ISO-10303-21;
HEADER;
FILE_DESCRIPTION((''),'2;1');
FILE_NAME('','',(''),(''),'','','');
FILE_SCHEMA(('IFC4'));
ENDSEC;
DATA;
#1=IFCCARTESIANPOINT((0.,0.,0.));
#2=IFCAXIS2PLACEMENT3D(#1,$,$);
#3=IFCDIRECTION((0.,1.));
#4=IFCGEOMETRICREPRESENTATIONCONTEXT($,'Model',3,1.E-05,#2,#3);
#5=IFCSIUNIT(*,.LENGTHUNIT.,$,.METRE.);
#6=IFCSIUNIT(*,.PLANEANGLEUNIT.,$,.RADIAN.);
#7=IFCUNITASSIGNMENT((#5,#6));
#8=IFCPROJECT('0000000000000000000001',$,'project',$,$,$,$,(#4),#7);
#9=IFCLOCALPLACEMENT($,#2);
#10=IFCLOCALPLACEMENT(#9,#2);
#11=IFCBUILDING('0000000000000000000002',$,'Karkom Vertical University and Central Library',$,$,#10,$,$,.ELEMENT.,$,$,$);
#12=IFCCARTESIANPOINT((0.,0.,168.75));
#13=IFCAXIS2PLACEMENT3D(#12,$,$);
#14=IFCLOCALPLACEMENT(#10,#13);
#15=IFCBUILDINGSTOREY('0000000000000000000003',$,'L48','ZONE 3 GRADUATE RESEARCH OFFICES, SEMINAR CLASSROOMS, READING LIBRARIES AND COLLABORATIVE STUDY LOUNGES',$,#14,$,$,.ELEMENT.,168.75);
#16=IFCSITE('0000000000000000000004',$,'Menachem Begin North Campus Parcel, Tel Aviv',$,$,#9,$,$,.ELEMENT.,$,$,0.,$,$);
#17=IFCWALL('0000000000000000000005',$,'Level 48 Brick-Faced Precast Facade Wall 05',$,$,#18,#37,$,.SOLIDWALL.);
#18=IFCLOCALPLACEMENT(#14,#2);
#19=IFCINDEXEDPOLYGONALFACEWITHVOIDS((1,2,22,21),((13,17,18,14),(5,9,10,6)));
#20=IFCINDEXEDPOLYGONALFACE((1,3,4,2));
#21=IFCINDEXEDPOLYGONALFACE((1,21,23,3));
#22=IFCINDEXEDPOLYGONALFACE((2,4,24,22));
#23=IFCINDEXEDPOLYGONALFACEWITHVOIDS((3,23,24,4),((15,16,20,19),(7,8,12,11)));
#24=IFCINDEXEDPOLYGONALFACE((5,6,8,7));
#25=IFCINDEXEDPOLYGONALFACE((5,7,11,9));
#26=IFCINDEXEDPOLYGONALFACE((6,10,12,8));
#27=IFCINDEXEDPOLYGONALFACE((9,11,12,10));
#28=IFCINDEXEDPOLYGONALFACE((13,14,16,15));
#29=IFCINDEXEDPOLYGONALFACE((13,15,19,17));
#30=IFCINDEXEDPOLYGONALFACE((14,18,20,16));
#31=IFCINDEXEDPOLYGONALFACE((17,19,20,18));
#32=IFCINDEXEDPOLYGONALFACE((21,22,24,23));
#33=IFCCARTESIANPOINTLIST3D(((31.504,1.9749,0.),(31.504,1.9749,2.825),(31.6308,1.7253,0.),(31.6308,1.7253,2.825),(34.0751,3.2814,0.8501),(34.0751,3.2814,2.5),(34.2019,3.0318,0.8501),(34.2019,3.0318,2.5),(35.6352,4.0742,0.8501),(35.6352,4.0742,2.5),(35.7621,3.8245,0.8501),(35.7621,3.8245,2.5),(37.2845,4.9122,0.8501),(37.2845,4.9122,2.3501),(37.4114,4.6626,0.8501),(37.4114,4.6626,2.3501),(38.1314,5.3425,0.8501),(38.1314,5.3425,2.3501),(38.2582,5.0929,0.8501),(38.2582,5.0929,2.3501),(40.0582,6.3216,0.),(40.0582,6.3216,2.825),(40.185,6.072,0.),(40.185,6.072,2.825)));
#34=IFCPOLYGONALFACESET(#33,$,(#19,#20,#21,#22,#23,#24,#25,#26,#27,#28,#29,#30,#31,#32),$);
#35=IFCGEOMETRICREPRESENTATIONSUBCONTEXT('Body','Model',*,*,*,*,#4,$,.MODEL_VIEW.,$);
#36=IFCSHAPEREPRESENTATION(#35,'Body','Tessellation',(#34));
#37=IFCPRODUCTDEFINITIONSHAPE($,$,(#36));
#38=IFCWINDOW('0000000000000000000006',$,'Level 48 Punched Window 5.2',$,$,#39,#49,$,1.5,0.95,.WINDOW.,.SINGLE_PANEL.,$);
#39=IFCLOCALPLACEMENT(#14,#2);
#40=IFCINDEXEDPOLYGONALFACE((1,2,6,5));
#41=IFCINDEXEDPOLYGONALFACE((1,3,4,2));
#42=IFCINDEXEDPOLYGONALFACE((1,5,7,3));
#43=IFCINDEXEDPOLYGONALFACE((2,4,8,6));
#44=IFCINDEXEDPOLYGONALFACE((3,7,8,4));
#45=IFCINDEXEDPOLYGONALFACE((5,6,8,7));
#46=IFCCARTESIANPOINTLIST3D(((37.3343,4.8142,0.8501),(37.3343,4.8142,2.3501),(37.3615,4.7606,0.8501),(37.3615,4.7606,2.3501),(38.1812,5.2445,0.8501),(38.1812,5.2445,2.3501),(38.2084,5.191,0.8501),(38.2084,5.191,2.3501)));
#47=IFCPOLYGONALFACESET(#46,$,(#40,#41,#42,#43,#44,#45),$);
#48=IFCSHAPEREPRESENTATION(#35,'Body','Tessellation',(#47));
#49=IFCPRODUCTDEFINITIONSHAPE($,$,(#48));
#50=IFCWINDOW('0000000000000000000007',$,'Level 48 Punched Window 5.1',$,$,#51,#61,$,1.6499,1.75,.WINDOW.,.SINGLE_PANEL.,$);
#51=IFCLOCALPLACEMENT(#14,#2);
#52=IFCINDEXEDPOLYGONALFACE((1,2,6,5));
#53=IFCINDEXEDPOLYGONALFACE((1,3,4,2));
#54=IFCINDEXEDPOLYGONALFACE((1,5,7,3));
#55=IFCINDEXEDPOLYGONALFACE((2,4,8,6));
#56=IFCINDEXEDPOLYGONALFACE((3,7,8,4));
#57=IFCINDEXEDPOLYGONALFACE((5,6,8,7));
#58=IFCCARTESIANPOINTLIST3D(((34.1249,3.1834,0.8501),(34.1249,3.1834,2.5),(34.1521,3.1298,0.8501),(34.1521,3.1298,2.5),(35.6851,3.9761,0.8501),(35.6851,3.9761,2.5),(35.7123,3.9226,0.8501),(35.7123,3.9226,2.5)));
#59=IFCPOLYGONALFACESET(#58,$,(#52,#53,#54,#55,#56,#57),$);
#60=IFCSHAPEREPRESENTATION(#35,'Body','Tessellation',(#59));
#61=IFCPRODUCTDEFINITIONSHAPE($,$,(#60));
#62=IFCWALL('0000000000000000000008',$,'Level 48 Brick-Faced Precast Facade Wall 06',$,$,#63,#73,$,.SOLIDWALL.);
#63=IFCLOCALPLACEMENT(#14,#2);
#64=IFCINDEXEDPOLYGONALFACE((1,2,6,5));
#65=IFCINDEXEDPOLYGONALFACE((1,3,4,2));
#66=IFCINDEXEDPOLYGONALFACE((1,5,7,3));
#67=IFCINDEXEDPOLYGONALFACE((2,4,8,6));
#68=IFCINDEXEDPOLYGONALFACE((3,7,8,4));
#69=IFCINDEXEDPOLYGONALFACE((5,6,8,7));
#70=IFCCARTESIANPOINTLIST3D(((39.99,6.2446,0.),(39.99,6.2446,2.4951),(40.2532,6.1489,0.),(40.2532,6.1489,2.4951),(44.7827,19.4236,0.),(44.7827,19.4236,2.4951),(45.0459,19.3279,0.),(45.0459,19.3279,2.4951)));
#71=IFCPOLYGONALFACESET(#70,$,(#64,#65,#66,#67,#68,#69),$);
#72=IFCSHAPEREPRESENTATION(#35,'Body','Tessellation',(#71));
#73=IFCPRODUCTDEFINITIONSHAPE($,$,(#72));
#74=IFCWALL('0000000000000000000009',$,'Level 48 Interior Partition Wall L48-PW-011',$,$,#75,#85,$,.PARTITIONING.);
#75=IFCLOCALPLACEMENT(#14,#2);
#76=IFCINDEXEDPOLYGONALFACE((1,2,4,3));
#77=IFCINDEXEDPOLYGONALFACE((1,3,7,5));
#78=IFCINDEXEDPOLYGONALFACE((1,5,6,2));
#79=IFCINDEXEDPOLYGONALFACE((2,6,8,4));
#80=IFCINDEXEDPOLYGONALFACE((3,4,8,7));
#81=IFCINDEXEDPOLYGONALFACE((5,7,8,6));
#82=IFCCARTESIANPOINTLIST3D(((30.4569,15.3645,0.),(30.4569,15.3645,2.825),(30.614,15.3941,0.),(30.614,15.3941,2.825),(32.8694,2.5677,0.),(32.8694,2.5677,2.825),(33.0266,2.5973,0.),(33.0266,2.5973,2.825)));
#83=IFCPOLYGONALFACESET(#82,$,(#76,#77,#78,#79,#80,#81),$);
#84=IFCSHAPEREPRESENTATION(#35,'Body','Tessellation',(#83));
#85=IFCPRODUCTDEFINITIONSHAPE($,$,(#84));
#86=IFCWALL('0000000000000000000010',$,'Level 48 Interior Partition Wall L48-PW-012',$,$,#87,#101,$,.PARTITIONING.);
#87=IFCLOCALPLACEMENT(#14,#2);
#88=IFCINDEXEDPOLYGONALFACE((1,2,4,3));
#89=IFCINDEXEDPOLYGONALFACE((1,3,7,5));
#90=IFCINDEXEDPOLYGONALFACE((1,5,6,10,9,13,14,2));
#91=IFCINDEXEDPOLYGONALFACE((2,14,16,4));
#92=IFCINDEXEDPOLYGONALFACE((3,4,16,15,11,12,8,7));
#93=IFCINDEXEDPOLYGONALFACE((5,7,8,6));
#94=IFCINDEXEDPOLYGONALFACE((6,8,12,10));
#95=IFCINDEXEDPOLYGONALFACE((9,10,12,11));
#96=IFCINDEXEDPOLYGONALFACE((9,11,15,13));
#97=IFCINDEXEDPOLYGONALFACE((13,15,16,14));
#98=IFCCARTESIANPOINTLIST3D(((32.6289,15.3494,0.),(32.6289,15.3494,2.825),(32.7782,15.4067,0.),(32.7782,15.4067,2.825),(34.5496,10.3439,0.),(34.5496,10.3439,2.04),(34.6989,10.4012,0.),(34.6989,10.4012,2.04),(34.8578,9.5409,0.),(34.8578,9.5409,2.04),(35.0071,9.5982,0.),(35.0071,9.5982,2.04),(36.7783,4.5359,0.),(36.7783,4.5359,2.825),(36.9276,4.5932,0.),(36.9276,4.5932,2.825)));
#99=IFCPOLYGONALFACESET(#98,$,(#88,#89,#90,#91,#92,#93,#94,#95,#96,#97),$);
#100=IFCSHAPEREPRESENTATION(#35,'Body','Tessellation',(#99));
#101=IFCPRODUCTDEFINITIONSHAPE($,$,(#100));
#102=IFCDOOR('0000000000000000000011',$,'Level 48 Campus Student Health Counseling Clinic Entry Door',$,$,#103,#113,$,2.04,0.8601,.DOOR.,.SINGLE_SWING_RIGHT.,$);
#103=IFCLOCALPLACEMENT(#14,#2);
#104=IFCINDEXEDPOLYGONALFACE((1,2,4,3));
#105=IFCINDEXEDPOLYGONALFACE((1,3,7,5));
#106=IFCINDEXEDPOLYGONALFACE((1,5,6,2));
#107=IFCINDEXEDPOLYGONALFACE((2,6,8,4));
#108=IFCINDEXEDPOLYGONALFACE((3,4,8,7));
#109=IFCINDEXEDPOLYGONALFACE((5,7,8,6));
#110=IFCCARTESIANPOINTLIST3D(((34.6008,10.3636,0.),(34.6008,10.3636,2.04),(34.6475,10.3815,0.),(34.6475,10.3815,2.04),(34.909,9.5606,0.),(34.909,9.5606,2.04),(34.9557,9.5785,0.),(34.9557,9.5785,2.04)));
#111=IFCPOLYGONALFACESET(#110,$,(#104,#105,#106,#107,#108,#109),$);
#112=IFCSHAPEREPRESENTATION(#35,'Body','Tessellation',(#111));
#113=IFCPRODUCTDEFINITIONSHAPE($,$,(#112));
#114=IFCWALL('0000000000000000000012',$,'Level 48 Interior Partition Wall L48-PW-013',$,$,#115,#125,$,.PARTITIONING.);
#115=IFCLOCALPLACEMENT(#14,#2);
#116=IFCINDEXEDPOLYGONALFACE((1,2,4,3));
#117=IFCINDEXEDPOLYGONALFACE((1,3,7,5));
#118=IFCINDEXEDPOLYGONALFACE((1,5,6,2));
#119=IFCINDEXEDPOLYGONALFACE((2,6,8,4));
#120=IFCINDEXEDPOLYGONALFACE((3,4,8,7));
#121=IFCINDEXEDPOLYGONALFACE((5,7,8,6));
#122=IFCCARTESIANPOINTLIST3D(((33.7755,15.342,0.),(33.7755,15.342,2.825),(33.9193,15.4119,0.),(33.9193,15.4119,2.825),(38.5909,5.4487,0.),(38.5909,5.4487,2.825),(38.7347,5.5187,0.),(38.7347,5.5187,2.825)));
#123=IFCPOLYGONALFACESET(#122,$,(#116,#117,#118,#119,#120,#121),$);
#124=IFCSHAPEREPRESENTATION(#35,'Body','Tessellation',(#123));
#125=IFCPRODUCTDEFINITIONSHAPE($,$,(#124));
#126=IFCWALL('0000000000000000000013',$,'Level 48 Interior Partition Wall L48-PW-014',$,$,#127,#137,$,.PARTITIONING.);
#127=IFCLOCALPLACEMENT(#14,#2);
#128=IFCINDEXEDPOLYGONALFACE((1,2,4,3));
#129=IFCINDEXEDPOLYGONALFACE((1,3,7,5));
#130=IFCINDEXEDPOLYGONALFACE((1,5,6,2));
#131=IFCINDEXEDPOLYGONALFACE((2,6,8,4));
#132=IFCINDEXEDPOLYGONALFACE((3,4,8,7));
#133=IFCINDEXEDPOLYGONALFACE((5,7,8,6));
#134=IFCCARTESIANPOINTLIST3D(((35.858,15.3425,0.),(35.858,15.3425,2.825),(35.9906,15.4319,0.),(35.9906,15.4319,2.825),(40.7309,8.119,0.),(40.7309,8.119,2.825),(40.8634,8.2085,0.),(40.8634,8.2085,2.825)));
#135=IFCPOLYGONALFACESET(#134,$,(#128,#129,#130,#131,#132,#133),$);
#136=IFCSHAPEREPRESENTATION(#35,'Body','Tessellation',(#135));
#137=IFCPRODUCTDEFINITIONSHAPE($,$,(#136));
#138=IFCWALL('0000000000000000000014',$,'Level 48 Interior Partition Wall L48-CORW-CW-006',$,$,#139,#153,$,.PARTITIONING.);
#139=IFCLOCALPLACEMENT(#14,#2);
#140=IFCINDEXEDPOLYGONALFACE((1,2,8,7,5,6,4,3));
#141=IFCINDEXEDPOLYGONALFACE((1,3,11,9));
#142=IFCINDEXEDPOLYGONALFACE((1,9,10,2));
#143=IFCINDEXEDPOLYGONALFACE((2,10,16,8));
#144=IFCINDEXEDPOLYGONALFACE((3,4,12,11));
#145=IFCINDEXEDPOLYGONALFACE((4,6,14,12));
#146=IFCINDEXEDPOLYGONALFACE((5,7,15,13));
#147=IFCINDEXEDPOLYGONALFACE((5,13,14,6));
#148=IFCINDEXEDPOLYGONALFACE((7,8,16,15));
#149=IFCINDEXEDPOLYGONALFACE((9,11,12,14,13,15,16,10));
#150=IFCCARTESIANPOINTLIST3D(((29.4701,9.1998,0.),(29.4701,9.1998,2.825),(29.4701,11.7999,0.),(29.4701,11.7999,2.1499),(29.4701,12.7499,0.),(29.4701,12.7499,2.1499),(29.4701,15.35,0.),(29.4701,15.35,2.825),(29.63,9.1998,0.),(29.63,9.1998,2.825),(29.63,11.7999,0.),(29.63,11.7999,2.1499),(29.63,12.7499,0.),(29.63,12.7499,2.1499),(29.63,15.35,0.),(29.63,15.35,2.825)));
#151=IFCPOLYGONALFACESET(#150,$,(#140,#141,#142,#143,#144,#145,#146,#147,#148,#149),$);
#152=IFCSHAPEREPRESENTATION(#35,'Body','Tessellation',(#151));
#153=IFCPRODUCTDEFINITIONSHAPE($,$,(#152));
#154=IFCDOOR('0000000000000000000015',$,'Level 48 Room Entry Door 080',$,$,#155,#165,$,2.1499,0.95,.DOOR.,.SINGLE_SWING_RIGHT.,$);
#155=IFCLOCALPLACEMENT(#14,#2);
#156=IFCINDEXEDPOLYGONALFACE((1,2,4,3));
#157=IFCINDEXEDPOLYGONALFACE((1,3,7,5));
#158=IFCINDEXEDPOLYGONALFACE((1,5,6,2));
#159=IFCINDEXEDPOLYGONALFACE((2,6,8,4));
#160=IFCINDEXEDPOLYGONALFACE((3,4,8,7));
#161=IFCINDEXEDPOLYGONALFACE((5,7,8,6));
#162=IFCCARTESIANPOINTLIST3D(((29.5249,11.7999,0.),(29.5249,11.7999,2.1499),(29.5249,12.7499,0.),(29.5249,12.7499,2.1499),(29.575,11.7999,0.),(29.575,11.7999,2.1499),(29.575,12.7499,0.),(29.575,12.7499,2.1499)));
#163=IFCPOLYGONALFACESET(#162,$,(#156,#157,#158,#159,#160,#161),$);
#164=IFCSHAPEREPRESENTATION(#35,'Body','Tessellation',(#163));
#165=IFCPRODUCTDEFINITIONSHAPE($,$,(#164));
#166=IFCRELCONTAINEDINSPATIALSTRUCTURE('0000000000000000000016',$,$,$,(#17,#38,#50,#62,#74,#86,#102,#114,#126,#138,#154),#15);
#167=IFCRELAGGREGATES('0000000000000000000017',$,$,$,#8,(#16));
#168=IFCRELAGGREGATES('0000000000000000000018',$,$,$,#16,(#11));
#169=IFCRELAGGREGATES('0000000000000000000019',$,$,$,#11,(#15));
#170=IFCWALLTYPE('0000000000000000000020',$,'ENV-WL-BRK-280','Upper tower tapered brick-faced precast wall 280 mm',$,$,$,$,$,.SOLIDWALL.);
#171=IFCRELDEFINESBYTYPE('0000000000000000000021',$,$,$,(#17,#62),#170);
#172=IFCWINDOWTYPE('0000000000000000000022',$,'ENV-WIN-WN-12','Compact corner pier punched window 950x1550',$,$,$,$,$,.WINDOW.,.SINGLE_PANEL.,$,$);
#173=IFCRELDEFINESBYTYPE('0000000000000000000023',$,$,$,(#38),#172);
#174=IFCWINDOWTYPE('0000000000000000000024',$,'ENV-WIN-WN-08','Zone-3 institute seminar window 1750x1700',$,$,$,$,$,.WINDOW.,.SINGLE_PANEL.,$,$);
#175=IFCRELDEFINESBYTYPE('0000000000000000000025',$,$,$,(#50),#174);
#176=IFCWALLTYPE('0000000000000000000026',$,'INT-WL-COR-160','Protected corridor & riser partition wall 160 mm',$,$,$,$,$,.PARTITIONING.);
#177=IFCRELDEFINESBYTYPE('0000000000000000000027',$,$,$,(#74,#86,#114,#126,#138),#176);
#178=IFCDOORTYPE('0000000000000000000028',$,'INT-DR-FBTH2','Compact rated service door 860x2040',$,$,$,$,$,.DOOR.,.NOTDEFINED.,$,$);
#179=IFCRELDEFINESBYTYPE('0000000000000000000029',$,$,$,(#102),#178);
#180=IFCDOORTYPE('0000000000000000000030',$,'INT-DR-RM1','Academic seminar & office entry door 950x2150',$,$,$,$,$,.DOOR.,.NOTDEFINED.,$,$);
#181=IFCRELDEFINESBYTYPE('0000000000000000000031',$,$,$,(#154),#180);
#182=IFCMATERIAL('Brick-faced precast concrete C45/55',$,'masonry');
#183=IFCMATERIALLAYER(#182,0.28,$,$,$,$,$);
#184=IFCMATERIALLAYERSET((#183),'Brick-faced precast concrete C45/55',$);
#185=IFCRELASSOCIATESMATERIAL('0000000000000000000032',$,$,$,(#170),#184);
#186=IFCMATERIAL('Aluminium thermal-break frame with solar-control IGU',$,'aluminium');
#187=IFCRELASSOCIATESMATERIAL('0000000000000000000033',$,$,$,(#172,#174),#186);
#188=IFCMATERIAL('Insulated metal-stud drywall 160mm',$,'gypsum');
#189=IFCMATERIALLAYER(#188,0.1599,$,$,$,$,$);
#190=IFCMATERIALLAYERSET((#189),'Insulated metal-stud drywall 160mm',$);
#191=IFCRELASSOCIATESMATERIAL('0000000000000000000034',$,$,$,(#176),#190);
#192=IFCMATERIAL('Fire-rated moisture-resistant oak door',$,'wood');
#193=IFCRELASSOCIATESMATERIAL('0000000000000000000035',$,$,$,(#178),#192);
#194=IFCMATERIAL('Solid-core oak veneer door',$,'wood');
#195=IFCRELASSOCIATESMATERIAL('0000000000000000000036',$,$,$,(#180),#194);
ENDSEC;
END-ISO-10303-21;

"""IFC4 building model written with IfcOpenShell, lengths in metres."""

from ifc_helpers import new_model, si_unit, direction, frame, frame_2d, origin, origin_with_axes, place, context, subcontext, project, spatial, rectangle, extrude, source, transform, mapped, material, layer, layer_set, type_object, element, fill, save


model = new_model("IFC4")

# Units and contexts
model_context = context("Model", 3, precision=1e-05, world=origin(), true_north=direction((0.0, 1.0)))
body_context = subcontext(model_context, "Body", "Model", "MODEL_VIEW")
ifc_project = project(units=[si_unit("LENGTHUNIT", "METRE"), si_unit("PLANEANGLEUNIT", "RADIAN")], contexts=[model_context])

# Site, building, storey
site_placement = place(None, origin())
site = spatial("IfcSite", under=ifc_project, at=site_placement, Name="Menachem Begin North Campus Parcel, Tel Aviv", CompositionType="ELEMENT", RefElevation=0.0)
building_placement = place(site_placement, origin())
building = spatial("IfcBuilding", under=site, at=building_placement, Name="Karkom Vertical University and Central Library", CompositionType="ELEMENT")
storey_placement = place(building_placement, frame((0.0, 0.0, 168.75)))
storey = spatial("IfcBuildingStorey", under=building, at=storey_placement, Name="L48", Description="ZONE 3 GRADUATE RESEARCH OFFICES, SEMINAR CLASSROOMS, READING LIBRARIES AND COLLABORATIVE STUDY LOUNGES", CompositionType="ELEMENT", Elevation=168.75)

# Wall, openings, windows
ifc_material_1 = material(Name="Brick-faced precast concrete C45/55", Category="masonry")
ifc_layer_1 = layer(ifc_material_1, 0.28)
ifc_layer_set_1 = layer_set([ifc_layer_1], Name="Brick-faced precast concrete C45/55")
wall_type_1 = type_object("IfcWallType", Name="ENV-WL-BRK-280", Description="Upper tower tapered brick-faced precast wall 280 mm", PredefinedType="SOLIDWALL", material=ifc_layer_set_1)
wall_1_placement = place(storey_placement, frame((31.5674, 1.8501, 0.0), z_axis=(0.0, 0.0, 1.0), x_axis=(0.891508, 0.453005, 0.0)))
wall_1 = element("IfcWall", 1, at=wall_1_placement, inside=storey, type_object=wall_type_1, Name="Level 48 Brick-Faced Precast Facade Wall 05", PredefinedType="SOLIDWALL", context=body_context, shape_type="SweptSolid", body=[
    extrude(rectangle(XDim=9.5952, YDim=0.28, at=frame_2d((4.7976, 0.0))), origin(), (0.0, 0.0, 1.0), 2.825),
])
opening_1_placement = place(wall_1_placement, frame((2.884, 0.0, 0.8501)))
opening_1 = element("IfcOpeningElement", 2, at=opening_1_placement, cuts=wall_1, PredefinedType="OPENING", context=body_context, shape_type="SweptSolid", body=[
    extrude(rectangle(XDim=1.75, YDim=1.6499, at=frame_2d((0.875, 0.825))), frame((0.0, 0.1499, 0.0), z_axis=(0.0, -1.0, 0.0), x_axis=(1.0, 0.0, 0.0)), (0.0, 0.0, 1.0), 0.3),
])
opening_2_placement = place(wall_1_placement, frame((6.4839, 0.0, 0.8501)))
opening_2 = element("IfcOpeningElement", 3, at=opening_2_placement, cuts=wall_1, PredefinedType="OPENING", context=body_context, shape_type="SweptSolid", body=[
    extrude(rectangle(XDim=0.95, YDim=1.5, at=frame_2d((0.4751, 0.75))), frame((0.0, 0.1499, 0.0), z_axis=(0.0, -1.0, 0.0), x_axis=(1.0, 0.0, 0.0)), (0.0, 0.0, 1.0), 0.3),
])
ifc_material_2 = material(Name="Aluminium thermal-break frame with solar-control IGU", Category="aluminium")
window_type_1 = type_object("IfcWindowType", Name="ENV-WIN-WN-12", Description="Compact corner pier punched window 950x1550", PartitioningType="SINGLE_PANEL", PredefinedType="WINDOW", material=ifc_material_2)
shared_shape_1 = source(origin_with_axes(), body_context, "Body", "SweptSolid", [
    extrude(rectangle(XDim=0.95, YDim=1.5, at=frame_2d((0.4751, 0.75))), frame((0.0, 0.03, 0.0), z_axis=(0.0, -1.0, 0.0), x_axis=(1.0, 0.0, 0.0)), (0.0, 0.0, 1.0), 0.0601),
])
window_1_placement = place(opening_2_placement, origin())
window_1 = element("IfcWindow", 4, at=window_1_placement, inside=storey, type_object=window_type_1, Name="Level 48 Punched Window 5.2", OverallHeight=1.5, OverallWidth=0.95, PartitioningType="SINGLE_PANEL", PredefinedType="WINDOW", context=body_context, shape_type="MappedRepresentation", body=[
    mapped(shared_shape_1, transform((0.0, 0.0, 0.0), scale=1.0)),
])
fill(opening_2, window_1)
window_type_2 = type_object("IfcWindowType", Name="ENV-WIN-WN-08", Description="Zone-3 institute seminar window 1750x1700", PartitioningType="SINGLE_PANEL", PredefinedType="WINDOW", material=ifc_material_2)
shared_shape_2 = source(origin_with_axes(), body_context, "Body", "SweptSolid", [
    extrude(rectangle(XDim=1.75, YDim=1.6499, at=frame_2d((0.875, 0.825))), frame((0.0, 0.03, 0.0), z_axis=(0.0, -1.0, 0.0), x_axis=(1.0, 0.0, 0.0)), (0.0, 0.0, 1.0), 0.0601),
])
window_2_placement = place(opening_1_placement, origin())
window_2 = element("IfcWindow", 5, at=window_2_placement, inside=storey, type_object=window_type_2, Name="Level 48 Punched Window 5.1", OverallHeight=1.6499, OverallWidth=1.75, PartitioningType="SINGLE_PANEL", PredefinedType="WINDOW", context=body_context, shape_type="MappedRepresentation", body=[
    mapped(shared_shape_2, transform((0.0, 0.0, 0.0), scale=1.0)),
])
fill(opening_1, window_2)

# Walls
wall_2_placement = place(storey_placement, frame((40.1216, 6.1968, 0.0), z_axis=(0.0, 0.0, 1.0), x_axis=(0.341767, 0.939785, 0.0)))
element("IfcWall", 6, at=wall_2_placement, inside=storey, type_object=wall_type_1, Name="Level 48 Brick-Faced Precast Facade Wall 06", PredefinedType="SOLIDWALL", context=body_context, shape_type="SweptSolid", body=[
    extrude(rectangle(XDim=14.0234, YDim=0.28, at=frame_2d((7.0117, 0.0))), origin(), (0.0, 0.0, 1.0), 2.4951),
])
ifc_material_3 = material(Name="Insulated metal-stud drywall 160mm", Category="gypsum")
ifc_layer_2 = layer(ifc_material_3, 0.1599)
ifc_layer_set_2 = layer_set([ifc_layer_2], Name="Insulated metal-stud drywall 160mm")
wall_type_2 = type_object("IfcWallType", Name="INT-WL-COR-160", Description="Protected corridor & riser partition wall 160 mm", PredefinedType="PARTITIONING", material=ifc_layer_set_2)
wall_3_placement = place(storey_placement, frame((30.5354, 15.3794, 0.0), z_axis=(0.0, 0.0, 1.0), x_axis=(0.185266, -0.982688, 0.0)))
element("IfcWall", 7, at=wall_3_placement, inside=storey, type_object=wall_type_2, Name="Level 48 Interior Partition Wall L48-PW-011", PredefinedType="PARTITIONING", context=body_context, shape_type="SweptSolid", body=[
    extrude(rectangle(XDim=13.0222, YDim=0.1599, at=frame_2d((6.5112, 0.0))), origin(), (0.0, 0.0, 1.0), 2.825),
])

# Wall, opening, door
wall_4_placement = place(storey_placement, frame((32.7036, 15.3779, 0.0), z_axis=(0.0, 0.0, 1.0), x_axis=(0.358256, -0.933623, 0.0)))
wall_4 = element("IfcWall", 8, at=wall_4_placement, inside=storey, type_object=wall_type_2, Name="Level 48 Interior Partition Wall L48-PW-012", PredefinedType="PARTITIONING", context=body_context, shape_type="SweptSolid", body=[
    extrude(rectangle(XDim=11.5823, YDim=0.1599, at=frame_2d((5.791, 0.0))), origin(), (0.0, 0.0, 1.0), 2.825),
])
opening_3_placement = place(wall_4_placement, frame((5.3611, 0.0, 0.0)))
opening_3 = element("IfcOpeningElement", 9, at=opening_3_placement, cuts=wall_4, PredefinedType="OPENING", context=body_context, shape_type="SweptSolid", body=[
    extrude(rectangle(XDim=0.8601, YDim=2.04, at=frame_2d((0.4302, 1.02))), frame((0.0, 0.0898, 0.0), z_axis=(0.0, -1.0, 0.0), x_axis=(1.0, 0.0, 0.0)), (0.0, 0.0, 1.0), 0.1799),
])
ifc_material_4 = material(Name="Fire-rated moisture-resistant oak door", Category="wood")
door_type_1 = type_object("IfcDoorType", Name="INT-DR-FBTH2", Description="Compact rated service door 860x2040", OperationType="NOTDEFINED", PredefinedType="DOOR", material=ifc_material_4)
shared_shape_3 = source(origin_with_axes(), body_context, "Body", "SweptSolid", [
    extrude(rectangle(XDim=0.8601, YDim=2.04, at=frame_2d((0.4302, 1.02))), frame((0.0, 0.0249, 0.0), z_axis=(0.0, -1.0, 0.0), x_axis=(1.0, 0.0, 0.0)), (0.0, 0.0, 1.0), 0.05),
])
door_1_placement = place(opening_3_placement, origin())
door_1 = element("IfcDoor", 10, at=door_1_placement, inside=storey, type_object=door_type_1, Name="Level 48 Campus Student Health Counseling Clinic Entry Door", OperationType="SINGLE_SWING_RIGHT", OverallHeight=2.04, OverallWidth=0.8601, PredefinedType="DOOR", context=body_context, shape_type="MappedRepresentation", body=[
    mapped(shared_shape_3, transform((0.0, 0.0, 0.0), scale=1.0)),
])
fill(opening_3, door_1)

# Wall
wall_5_placement = place(storey_placement, frame((33.8474, 15.377, 0.0), z_axis=(0.0, 0.0, 1.0), x_axis=(0.437647, -0.899147, 0.0)))
element("IfcWall", 11, at=wall_5_placement, inside=storey, type_object=wall_type_2, Name="Level 48 Interior Partition Wall L48-PW-013", PredefinedType="PARTITIONING", context=body_context, shape_type="SweptSolid", body=[
    extrude(rectangle(XDim=11.0029, YDim=0.1599, at=frame_2d((5.5015, 0.0))), origin(), (0.0, 0.0, 1.0), 2.825),
])

# Shared definitions
ifc_material_5 = material(Name="Solid-core oak veneer door", Category="wood")
door_type_2 = type_object("IfcDoorType", Name="INT-DR-RM1", Description="Academic seminar & office entry door 950x2150", OperationType="NOTDEFINED", PredefinedType="DOOR", material=ifc_material_5)
shared_shape_4 = source(origin_with_axes(), body_context, "Body", "SweptSolid", [
    extrude(rectangle(XDim=0.95, YDim=2.1499, at=frame_2d((0.4751, 1.075))), frame((0.0, 0.0249, 0.0), z_axis=(0.0, -1.0, 0.0), x_axis=(1.0, 0.0, 0.0)), (0.0, 0.0, 1.0), 0.05),
])

# Wall
wall_6_placement = place(storey_placement, frame((35.9243, 15.3872, 0.0), z_axis=(0.0, 0.0, 1.0), x_axis=(0.559238, -0.829007, 0.0)))
element("IfcWall", 12, at=wall_6_placement, inside=storey, type_object=wall_type_2, Name="Level 48 Interior Partition Wall L48-PW-014", PredefinedType="PARTITIONING", context=body_context, shape_type="SweptSolid", body=[
    extrude(rectangle(XDim=8.7134, YDim=0.1599, at=frame_2d((4.3567, 0.0))), origin(), (0.0, 0.0, 1.0), 2.825),
])

# Wall, opening, door
wall_7_placement = place(storey_placement, frame((29.55, 15.3501, 0.0), z_axis=(0.0, 0.0, 1.0), x_axis=(0.0, -1.0, 0.0)))
wall_7 = element("IfcWall", 13, at=wall_7_placement, inside=storey, type_object=wall_type_2, Name="Level 48 Interior Partition Wall L48-CORW-CW-006", PredefinedType="PARTITIONING", context=body_context, shape_type="SweptSolid", body=[
    extrude(rectangle(XDim=6.1501, YDim=0.1599, at=frame_2d((3.0752, 0.0))), origin(), (0.0, 0.0, 1.0), 2.825),
])
opening_4_placement = place(wall_7_placement, frame((2.6001, 0.0, 0.0)))
opening_4 = element("IfcOpeningElement", 14, at=opening_4_placement, cuts=wall_7, PredefinedType="OPENING", context=body_context, shape_type="SweptSolid", body=[
    extrude(rectangle(XDim=0.95, YDim=2.1499, at=frame_2d((0.4751, 1.075))), frame((0.0, 0.0898, 0.0), z_axis=(0.0, -1.0, 0.0), x_axis=(1.0, 0.0, 0.0)), (0.0, 0.0, 1.0), 0.1799),
])
door_2_placement = place(opening_4_placement, origin())
door_2 = element("IfcDoor", 15, at=door_2_placement, inside=storey, type_object=door_type_2, Name="Level 48 Room Entry Door 080", OperationType="SINGLE_SWING_RIGHT", OverallHeight=2.1499, OverallWidth=0.95, PredefinedType="DOOR", context=body_context, shape_type="MappedRepresentation", body=[
    mapped(shared_shape_4, transform((0.0, 0.0, 0.0), scale=1.0)),
])
fill(opening_4, door_2)

save(model, "model.ifc")
